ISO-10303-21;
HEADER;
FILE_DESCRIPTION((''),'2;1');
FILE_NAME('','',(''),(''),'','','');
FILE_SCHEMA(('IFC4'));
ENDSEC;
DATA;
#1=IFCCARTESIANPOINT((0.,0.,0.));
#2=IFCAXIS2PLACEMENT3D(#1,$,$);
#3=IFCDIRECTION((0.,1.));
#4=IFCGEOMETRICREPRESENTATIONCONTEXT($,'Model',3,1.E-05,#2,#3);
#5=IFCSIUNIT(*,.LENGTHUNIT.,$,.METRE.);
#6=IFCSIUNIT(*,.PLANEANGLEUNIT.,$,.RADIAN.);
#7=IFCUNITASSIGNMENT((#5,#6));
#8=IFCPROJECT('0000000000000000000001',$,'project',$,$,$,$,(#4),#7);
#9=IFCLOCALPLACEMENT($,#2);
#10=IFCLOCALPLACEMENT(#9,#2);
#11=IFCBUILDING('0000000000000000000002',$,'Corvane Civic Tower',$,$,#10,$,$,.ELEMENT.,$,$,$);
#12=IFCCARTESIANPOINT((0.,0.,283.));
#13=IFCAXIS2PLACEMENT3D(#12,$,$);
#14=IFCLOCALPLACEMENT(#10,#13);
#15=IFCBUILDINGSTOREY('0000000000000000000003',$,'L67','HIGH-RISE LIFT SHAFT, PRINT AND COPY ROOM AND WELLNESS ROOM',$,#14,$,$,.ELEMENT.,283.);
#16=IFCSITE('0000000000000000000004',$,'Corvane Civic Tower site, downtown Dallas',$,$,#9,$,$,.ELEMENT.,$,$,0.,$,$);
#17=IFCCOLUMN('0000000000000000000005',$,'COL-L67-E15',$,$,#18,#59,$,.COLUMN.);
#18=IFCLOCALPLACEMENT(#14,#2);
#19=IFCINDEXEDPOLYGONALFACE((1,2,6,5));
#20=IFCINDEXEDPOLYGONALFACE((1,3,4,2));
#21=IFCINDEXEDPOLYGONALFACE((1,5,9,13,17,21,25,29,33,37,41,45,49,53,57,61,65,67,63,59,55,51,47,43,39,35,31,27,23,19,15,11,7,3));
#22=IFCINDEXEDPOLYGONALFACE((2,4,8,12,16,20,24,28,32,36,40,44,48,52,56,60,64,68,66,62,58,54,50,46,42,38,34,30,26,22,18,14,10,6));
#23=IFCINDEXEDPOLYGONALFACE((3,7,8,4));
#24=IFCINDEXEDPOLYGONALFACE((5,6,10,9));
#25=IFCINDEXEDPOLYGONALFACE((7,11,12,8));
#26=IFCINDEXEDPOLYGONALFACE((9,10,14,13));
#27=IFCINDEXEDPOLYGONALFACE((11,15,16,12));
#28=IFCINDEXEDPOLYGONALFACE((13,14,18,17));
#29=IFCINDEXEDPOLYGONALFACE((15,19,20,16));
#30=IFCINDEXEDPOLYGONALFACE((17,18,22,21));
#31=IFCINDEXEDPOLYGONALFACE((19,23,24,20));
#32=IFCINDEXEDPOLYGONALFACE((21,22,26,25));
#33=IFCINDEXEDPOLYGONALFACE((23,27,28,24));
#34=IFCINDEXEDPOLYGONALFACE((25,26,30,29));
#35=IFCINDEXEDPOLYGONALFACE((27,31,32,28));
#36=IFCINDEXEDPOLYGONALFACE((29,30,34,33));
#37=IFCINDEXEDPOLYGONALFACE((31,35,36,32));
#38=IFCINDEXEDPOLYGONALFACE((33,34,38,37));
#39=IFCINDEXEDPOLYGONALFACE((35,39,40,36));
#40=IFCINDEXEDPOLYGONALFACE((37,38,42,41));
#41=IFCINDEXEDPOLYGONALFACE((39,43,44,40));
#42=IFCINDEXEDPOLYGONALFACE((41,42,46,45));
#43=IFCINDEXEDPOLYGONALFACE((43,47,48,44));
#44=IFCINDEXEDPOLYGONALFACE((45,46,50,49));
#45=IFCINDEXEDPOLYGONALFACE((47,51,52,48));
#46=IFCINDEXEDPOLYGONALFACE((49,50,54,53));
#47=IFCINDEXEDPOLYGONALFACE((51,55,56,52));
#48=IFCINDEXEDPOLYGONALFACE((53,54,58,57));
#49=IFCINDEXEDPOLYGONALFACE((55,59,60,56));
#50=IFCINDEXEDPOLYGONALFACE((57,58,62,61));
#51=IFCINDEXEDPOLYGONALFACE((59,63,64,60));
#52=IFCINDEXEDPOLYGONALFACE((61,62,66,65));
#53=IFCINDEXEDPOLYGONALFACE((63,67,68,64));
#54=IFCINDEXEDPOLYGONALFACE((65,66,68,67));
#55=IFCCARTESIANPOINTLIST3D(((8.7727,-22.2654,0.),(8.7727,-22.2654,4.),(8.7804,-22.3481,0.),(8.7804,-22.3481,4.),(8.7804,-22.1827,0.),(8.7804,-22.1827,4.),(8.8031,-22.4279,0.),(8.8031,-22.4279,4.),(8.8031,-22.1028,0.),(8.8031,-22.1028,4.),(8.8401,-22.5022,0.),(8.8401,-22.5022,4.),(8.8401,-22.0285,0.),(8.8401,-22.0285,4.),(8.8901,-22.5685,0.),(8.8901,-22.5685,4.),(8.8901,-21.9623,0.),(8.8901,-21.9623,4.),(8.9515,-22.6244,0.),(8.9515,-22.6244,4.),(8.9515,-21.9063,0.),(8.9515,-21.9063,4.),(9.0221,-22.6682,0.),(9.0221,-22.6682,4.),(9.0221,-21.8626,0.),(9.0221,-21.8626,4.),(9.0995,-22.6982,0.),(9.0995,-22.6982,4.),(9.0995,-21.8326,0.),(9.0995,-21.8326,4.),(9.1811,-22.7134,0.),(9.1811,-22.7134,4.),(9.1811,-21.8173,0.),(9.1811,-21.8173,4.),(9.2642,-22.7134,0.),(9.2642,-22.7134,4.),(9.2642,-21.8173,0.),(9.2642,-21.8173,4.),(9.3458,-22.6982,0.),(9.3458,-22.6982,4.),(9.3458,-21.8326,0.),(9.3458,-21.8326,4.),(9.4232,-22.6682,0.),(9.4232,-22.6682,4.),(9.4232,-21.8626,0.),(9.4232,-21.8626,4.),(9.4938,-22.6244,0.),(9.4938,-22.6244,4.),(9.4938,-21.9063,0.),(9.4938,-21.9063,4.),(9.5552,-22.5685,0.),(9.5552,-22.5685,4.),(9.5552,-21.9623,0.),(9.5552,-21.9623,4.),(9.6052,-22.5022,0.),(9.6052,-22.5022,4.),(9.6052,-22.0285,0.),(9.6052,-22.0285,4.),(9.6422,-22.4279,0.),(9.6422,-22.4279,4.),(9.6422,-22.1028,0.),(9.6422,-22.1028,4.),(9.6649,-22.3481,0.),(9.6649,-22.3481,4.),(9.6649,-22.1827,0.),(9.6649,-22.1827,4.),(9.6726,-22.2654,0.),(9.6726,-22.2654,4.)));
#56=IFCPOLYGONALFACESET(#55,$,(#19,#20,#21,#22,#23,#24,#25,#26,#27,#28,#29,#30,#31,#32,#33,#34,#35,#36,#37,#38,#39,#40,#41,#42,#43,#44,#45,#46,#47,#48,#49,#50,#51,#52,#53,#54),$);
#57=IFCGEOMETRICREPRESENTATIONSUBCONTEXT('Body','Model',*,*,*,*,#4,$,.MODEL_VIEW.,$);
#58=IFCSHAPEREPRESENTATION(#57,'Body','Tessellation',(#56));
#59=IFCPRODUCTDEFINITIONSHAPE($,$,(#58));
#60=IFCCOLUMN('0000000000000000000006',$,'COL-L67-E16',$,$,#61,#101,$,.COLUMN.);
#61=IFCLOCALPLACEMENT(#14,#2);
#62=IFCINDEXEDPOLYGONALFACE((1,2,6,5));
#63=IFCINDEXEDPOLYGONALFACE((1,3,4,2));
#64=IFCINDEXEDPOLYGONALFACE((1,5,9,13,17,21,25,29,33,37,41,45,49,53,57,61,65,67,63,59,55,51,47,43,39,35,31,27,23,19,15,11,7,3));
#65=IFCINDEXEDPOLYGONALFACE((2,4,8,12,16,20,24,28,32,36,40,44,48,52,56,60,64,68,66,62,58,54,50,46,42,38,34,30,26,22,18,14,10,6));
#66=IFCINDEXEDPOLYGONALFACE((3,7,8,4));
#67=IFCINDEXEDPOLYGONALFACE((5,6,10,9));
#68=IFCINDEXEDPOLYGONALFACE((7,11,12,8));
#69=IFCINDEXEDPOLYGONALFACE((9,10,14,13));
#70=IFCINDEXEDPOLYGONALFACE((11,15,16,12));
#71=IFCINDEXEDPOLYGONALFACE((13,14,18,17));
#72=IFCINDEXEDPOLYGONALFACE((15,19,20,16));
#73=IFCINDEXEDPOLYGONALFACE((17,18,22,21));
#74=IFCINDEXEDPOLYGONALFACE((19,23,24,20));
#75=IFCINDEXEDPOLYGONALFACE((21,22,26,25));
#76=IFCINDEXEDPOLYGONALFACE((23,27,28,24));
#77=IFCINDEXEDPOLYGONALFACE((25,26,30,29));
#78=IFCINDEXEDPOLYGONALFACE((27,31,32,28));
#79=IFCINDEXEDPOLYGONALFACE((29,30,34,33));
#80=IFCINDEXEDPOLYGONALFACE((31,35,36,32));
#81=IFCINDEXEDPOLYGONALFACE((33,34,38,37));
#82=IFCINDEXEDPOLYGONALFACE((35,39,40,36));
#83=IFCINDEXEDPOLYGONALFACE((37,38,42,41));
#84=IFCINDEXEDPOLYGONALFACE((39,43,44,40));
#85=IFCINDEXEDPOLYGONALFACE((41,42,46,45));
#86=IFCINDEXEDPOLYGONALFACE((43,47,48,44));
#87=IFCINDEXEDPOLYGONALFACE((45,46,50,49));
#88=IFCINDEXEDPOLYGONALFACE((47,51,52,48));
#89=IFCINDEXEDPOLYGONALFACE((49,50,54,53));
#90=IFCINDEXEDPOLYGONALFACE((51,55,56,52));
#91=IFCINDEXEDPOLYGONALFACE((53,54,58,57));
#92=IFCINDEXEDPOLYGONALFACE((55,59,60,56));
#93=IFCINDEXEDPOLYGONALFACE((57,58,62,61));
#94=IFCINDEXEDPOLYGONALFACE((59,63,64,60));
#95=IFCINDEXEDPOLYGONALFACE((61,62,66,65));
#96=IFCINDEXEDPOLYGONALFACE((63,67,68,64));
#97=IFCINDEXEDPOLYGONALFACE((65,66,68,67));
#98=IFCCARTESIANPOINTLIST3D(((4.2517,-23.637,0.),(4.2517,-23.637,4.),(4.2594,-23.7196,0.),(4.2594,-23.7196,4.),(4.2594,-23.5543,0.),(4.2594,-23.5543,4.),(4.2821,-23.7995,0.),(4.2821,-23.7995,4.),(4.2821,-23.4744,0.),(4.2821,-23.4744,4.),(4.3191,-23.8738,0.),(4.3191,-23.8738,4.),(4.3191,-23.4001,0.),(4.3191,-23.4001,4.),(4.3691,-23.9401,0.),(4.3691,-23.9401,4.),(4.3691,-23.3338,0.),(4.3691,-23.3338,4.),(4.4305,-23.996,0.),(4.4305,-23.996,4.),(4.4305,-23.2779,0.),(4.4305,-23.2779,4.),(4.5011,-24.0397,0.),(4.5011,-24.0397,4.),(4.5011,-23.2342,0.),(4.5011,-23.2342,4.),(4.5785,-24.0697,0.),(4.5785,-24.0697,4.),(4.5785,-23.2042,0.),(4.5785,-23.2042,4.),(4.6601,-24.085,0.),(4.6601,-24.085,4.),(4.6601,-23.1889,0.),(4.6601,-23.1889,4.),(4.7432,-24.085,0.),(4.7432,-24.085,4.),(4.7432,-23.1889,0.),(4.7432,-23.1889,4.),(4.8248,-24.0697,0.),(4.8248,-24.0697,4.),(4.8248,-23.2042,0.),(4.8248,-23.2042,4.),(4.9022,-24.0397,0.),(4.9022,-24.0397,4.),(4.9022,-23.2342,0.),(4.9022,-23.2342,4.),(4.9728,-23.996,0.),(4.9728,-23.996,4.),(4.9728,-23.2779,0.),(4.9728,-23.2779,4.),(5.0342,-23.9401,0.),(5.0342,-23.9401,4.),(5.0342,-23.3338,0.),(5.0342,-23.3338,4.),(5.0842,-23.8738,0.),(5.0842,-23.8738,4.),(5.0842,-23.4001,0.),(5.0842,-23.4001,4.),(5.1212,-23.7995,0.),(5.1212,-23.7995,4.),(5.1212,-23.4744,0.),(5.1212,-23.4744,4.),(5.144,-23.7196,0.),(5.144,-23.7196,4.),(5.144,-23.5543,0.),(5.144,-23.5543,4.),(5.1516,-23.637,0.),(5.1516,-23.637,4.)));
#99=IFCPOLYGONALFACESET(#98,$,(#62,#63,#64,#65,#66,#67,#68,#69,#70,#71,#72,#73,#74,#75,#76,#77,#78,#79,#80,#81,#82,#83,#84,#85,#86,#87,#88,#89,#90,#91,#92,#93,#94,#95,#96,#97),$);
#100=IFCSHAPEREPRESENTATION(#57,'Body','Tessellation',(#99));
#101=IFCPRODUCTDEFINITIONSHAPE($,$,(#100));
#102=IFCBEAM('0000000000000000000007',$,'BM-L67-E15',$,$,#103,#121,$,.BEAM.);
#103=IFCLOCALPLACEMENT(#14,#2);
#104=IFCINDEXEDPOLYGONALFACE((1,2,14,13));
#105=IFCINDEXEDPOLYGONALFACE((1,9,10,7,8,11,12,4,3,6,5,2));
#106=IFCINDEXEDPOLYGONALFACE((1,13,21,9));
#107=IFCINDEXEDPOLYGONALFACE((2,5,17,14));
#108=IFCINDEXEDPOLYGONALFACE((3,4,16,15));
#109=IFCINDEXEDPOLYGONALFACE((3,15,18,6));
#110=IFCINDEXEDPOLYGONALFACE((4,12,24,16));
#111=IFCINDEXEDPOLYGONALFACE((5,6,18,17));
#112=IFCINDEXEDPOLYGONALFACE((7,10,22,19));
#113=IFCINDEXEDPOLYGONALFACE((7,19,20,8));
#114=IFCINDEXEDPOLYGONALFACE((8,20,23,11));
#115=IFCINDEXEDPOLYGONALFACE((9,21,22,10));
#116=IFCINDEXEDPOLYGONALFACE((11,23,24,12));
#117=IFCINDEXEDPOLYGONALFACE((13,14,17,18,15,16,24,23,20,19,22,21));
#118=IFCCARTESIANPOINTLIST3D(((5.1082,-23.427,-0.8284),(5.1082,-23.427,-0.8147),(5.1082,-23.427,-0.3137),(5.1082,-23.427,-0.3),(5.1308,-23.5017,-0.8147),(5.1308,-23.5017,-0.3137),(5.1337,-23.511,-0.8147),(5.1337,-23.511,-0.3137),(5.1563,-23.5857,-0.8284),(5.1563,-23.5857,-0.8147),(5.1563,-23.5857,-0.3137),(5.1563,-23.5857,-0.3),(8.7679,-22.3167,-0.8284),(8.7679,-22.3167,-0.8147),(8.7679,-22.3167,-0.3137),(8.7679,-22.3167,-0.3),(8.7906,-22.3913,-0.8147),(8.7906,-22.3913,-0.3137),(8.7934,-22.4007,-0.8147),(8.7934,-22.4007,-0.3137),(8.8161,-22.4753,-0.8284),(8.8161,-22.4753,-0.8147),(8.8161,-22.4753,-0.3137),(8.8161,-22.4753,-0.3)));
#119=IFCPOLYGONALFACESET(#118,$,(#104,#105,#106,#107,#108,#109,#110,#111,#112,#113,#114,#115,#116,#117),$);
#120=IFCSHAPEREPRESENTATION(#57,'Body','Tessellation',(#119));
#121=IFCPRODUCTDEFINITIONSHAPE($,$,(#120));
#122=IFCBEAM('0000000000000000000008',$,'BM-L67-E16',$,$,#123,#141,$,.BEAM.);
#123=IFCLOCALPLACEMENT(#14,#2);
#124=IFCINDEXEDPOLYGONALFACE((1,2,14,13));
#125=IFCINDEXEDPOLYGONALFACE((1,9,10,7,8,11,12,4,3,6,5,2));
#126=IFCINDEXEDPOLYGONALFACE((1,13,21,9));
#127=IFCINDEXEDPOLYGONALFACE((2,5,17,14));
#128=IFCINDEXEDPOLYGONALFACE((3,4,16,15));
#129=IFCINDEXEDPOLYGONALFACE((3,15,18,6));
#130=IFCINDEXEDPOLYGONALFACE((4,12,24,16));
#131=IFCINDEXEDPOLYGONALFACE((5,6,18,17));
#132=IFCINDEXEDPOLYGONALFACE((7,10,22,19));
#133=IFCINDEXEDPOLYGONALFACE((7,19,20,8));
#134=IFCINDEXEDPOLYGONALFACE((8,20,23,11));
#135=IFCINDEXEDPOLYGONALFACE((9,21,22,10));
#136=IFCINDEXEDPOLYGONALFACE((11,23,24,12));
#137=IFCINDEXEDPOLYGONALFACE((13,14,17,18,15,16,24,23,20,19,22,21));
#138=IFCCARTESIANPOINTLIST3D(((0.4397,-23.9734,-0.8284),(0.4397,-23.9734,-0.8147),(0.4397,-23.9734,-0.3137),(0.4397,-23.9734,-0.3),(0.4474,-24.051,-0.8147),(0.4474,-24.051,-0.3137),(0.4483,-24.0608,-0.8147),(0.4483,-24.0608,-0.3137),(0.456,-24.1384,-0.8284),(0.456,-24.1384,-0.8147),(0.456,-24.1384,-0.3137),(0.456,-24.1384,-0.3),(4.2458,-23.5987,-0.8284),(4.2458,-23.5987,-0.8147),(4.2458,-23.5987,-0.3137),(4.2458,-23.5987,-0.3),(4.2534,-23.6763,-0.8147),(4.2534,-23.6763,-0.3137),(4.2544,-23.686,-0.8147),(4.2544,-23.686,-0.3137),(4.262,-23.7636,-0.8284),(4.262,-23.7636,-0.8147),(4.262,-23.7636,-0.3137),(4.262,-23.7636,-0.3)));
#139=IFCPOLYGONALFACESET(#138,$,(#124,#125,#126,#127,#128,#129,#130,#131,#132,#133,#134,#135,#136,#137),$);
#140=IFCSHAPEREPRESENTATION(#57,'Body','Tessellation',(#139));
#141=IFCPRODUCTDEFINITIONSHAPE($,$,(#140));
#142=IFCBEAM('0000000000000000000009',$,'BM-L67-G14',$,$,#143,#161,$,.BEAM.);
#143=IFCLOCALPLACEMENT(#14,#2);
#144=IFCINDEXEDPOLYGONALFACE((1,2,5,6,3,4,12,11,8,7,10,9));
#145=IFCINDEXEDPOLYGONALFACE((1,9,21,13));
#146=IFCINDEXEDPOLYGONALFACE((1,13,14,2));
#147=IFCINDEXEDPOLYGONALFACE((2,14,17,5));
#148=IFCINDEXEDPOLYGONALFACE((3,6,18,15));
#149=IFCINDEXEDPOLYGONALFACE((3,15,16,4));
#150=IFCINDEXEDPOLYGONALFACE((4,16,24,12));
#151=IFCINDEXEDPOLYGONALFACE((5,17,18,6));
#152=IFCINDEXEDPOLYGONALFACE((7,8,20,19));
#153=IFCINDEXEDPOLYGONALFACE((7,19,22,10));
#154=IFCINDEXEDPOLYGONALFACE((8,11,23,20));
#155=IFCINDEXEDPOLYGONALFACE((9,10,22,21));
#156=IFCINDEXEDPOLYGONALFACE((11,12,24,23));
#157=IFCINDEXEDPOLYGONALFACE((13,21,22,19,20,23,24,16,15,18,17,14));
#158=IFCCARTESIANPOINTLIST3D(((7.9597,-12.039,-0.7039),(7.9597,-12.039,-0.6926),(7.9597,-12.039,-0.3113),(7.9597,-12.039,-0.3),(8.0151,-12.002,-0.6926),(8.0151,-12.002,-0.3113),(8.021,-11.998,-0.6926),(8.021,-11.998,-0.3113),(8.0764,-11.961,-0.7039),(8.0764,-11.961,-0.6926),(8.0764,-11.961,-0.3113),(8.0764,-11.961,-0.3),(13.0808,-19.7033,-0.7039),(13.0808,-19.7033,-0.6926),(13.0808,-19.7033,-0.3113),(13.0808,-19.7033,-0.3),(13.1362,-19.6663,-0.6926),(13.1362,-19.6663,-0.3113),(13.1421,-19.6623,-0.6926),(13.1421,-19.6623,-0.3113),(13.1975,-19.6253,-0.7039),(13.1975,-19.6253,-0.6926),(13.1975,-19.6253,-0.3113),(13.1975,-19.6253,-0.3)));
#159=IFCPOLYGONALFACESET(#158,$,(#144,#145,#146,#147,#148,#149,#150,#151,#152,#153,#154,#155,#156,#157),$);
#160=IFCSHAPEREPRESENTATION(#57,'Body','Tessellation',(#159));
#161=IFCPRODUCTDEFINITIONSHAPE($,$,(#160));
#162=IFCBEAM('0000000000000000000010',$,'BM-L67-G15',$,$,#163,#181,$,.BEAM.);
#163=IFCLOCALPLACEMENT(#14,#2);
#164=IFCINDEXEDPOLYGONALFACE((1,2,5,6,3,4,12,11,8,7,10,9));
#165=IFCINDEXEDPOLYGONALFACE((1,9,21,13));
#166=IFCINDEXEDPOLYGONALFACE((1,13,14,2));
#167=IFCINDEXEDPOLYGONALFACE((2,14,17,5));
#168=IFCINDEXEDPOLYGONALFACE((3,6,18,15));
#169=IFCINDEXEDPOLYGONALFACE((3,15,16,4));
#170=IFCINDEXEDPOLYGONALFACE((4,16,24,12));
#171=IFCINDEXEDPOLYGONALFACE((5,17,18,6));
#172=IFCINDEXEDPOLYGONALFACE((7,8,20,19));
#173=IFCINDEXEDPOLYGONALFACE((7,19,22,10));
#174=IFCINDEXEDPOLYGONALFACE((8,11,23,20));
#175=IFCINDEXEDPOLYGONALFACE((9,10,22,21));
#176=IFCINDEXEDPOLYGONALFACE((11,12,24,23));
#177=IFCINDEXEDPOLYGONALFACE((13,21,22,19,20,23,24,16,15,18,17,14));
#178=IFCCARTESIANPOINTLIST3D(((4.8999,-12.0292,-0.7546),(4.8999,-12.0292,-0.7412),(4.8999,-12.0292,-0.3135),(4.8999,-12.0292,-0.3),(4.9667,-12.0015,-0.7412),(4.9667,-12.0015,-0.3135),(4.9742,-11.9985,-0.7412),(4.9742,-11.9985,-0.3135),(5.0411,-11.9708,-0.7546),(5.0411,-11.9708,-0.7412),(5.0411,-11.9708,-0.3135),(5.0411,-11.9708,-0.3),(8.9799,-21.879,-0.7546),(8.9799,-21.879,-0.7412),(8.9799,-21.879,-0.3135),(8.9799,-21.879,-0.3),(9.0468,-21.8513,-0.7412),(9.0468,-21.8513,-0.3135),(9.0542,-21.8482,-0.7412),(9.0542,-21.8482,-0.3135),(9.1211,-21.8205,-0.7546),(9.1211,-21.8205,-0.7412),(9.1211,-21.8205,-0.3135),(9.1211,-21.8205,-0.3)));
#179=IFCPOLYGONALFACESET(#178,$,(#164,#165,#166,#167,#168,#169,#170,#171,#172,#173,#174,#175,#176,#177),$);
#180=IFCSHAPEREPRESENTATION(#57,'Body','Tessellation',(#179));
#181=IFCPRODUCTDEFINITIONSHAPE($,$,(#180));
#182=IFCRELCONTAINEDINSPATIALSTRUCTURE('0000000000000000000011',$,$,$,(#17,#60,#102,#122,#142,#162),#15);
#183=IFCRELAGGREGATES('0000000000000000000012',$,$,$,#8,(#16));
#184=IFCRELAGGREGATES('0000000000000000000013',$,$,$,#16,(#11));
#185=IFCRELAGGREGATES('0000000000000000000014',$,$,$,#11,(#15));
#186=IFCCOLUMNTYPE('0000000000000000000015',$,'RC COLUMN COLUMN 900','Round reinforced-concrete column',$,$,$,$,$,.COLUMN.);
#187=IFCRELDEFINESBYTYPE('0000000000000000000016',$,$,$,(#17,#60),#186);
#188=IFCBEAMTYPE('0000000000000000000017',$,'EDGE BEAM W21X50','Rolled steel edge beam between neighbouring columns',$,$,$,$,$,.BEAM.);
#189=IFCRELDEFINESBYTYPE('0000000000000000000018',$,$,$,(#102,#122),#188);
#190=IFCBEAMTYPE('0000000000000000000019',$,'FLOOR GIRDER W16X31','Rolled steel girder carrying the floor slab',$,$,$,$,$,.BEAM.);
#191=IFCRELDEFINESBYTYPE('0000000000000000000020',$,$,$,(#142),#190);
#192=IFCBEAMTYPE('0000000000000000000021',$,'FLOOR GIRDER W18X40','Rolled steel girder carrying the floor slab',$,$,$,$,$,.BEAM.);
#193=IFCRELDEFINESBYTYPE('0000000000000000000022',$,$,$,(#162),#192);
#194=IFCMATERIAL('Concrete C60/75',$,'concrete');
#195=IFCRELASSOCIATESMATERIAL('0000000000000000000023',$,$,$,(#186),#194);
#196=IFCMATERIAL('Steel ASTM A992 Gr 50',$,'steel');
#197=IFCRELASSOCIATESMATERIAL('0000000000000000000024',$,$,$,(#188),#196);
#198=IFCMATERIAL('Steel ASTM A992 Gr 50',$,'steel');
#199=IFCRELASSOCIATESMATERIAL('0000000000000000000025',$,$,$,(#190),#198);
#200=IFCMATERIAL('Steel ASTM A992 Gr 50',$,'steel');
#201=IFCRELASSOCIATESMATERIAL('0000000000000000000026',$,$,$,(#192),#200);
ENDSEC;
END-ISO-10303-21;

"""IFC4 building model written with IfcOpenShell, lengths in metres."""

from ifc_helpers import new_model, si_unit, direction, frame, origin, origin_2d, place, context, subcontext, project, spatial, circle, i_section, extrude, material, material_profile, profile_set, type_object, element, save


model = new_model("IFC4")

# Units and contexts
model_context = context("Model", 3, precision=1e-05, world=origin(), true_north=direction((0.0, 1.0)))
body_context = subcontext(model_context, "Body", "Model", "MODEL_VIEW")
ifc_project = project(units=[si_unit("LENGTHUNIT", "METRE"), si_unit("PLANEANGLEUNIT", "RADIAN")], contexts=[model_context])

# Site, building, storey
site_placement = place(None, origin())
site = spatial("IfcSite", under=ifc_project, at=site_placement, Name="Corvane Civic Tower site, downtown Dallas", CompositionType="ELEMENT", RefElevation=0.0)
building_placement = place(site_placement, origin())
building = spatial("IfcBuilding", under=site, at=building_placement, Name="Corvane Civic Tower", CompositionType="ELEMENT")
storey_placement = place(building_placement, frame((0.0, 0.0, 283.0)))
storey = spatial("IfcBuildingStorey", under=building, at=storey_placement, Name="L67", Description="HIGH-RISE LIFT SHAFT, PRINT AND COPY ROOM AND WELLNESS ROOM", CompositionType="ELEMENT", Elevation=283.0)

# Columns
ifc_material_1 = material(Name="Concrete C60/75", Category="concrete")
ifc_material_profile_1 = material_profile(ifc_material_1, circle(Radius=0.45, at=origin_2d()), Name="COLUMN 900")
ifc_profile_set_1 = profile_set([ifc_material_profile_1], Name="Concrete C60/75")
column_type = type_object("IfcColumnType", Name="RC COLUMN COLUMN 900", Description="Round reinforced-concrete column", PredefinedType="COLUMN", material=ifc_profile_set_1)
for number, where, z_axis, x_axis, name in (
    (1, (9.2227, -22.2654, 0.0), (0.0, 0.0, 1.0), (1.0, 0.0, 0.0), "COL-L67-E15"),
    (2, (4.7017, -23.637, 0.0), (0.0, 0.0, 1.0), (1.0, 0.0, 0.0), "COL-L67-E16"),
):
    element("IfcColumn", number, at=place(storey_placement, frame(where, z_axis=z_axis, x_axis=x_axis)), inside=storey, type_object=column_type, Name=name, PredefinedType="COLUMN", context=body_context, shape_type="SweptSolid", body=[
        extrude(circle(Radius=0.45, at=origin_2d()), origin(), (0.0, 0.0, 1.0), 4.0),
    ])

# Beams
ifc_material_2 = material(Name="Steel ASTM A992 Gr 50", Category="steel")
ifc_material_profile_2 = material_profile(ifc_material_2, i_section(OverallWidth=0.1658, OverallDepth=0.5283, WebThickness=0.0098, FlangeThickness=0.0137, at=origin_2d()), Name="W21X50")
ifc_profile_set_2 = profile_set([ifc_material_profile_2], Name="Steel ASTM A992 Gr 50")
beam_type_1 = type_object("IfcBeamType", Name="EDGE BEAM W21X50", Description="Rolled steel edge beam between neighbouring columns", PredefinedType="BEAM", material=ifc_profile_set_2)
for number, where, z_axis, x_axis, name in (
    (3, (8.792, -22.396, -0.5642), (-0.956926, -0.290333, 0.0), (0.290333, -0.956926, 0.0), "BM-L67-E15"),
    (4, (4.2539, -23.6812, -0.5642), (-0.995188, -0.097987, 0.0), (0.097987, -0.995188, 0.0), "BM-L67-E16"),
):
    element("IfcBeam", number, at=place(storey_placement, frame(where, z_axis=z_axis, x_axis=x_axis)), inside=storey, type_object=beam_type_1, Name=name, PredefinedType="BEAM", context=body_context, shape_type="SweptSolid", body=[
        extrude(i_section(OverallWidth=0.1658, OverallDepth=0.5283, WebThickness=0.0098, FlangeThickness=0.0137, at=origin_2d()), origin(), (0.0, 0.0, 1.0), 3.8245),
    ])
ifc_material_3 = material(Name="Steel ASTM A992 Gr 50", Category="steel")
ifc_material_profile_3 = material_profile(ifc_material_3, i_section(OverallWidth=0.1404, OverallDepth=0.4038, WebThickness=0.0071, FlangeThickness=0.0112, at=origin_2d()), Name="W16X31")
ifc_profile_set_3 = profile_set([ifc_material_profile_3], Name="Steel ASTM A992 Gr 50")
beam_type_2 = type_object("IfcBeamType", Name="FLOOR GIRDER W16X31", Description="Rolled steel girder carrying the floor slab", PredefinedType="BEAM", material=ifc_profile_set_3)
beam_1_placement = place(storey_placement, frame((8.0181, -12.0, -0.502), z_axis=(0.555568, -0.831471, 0.0), x_axis=(0.831471, 0.555568, 0.0)))
element("IfcBeam", 5, at=beam_1_placement, inside=storey, type_object=beam_type_2, Name="BM-L67-G14", PredefinedType="BEAM", context=body_context, shape_type="SweptSolid", body=[
    extrude(i_section(OverallWidth=0.1404, OverallDepth=0.4038, WebThickness=0.0071, FlangeThickness=0.0112, at=origin_2d()), origin(), (0.0, 0.0, 1.0), 9.2178),
])
ifc_material_4 = material(Name="Steel ASTM A992 Gr 50", Category="steel")
ifc_material_profile_4 = material_profile(ifc_material_4, i_section(OverallWidth=0.1528, OverallDepth=0.4546, WebThickness=0.0081, FlangeThickness=0.0134, at=origin_2d()), Name="W18X40")
ifc_profile_set_4 = profile_set([ifc_material_profile_4], Name="Steel ASTM A992 Gr 50")
beam_type_3 = type_object("IfcBeamType", Name="FLOOR GIRDER W18X40", Description="Rolled steel girder carrying the floor slab", PredefinedType="BEAM", material=ifc_profile_set_4)
beam_2_placement = place(storey_placement, frame((4.9705, -12.0, -0.5273), z_axis=(0.382694, -0.923875, 0.0), x_axis=(0.923875, 0.382694, 0.0)))
element("IfcBeam", 6, at=beam_2_placement, inside=storey, type_object=beam_type_3, Name="BM-L67-G15", PredefinedType="BEAM", context=body_context, shape_type="SweptSolid", body=[
    extrude(i_section(OverallWidth=0.1528, OverallDepth=0.4546, WebThickness=0.0081, FlangeThickness=0.0134, at=origin_2d()), origin(), (0.0, 0.0, 1.0), 10.6614),
])

save(model, "model.ifc")
